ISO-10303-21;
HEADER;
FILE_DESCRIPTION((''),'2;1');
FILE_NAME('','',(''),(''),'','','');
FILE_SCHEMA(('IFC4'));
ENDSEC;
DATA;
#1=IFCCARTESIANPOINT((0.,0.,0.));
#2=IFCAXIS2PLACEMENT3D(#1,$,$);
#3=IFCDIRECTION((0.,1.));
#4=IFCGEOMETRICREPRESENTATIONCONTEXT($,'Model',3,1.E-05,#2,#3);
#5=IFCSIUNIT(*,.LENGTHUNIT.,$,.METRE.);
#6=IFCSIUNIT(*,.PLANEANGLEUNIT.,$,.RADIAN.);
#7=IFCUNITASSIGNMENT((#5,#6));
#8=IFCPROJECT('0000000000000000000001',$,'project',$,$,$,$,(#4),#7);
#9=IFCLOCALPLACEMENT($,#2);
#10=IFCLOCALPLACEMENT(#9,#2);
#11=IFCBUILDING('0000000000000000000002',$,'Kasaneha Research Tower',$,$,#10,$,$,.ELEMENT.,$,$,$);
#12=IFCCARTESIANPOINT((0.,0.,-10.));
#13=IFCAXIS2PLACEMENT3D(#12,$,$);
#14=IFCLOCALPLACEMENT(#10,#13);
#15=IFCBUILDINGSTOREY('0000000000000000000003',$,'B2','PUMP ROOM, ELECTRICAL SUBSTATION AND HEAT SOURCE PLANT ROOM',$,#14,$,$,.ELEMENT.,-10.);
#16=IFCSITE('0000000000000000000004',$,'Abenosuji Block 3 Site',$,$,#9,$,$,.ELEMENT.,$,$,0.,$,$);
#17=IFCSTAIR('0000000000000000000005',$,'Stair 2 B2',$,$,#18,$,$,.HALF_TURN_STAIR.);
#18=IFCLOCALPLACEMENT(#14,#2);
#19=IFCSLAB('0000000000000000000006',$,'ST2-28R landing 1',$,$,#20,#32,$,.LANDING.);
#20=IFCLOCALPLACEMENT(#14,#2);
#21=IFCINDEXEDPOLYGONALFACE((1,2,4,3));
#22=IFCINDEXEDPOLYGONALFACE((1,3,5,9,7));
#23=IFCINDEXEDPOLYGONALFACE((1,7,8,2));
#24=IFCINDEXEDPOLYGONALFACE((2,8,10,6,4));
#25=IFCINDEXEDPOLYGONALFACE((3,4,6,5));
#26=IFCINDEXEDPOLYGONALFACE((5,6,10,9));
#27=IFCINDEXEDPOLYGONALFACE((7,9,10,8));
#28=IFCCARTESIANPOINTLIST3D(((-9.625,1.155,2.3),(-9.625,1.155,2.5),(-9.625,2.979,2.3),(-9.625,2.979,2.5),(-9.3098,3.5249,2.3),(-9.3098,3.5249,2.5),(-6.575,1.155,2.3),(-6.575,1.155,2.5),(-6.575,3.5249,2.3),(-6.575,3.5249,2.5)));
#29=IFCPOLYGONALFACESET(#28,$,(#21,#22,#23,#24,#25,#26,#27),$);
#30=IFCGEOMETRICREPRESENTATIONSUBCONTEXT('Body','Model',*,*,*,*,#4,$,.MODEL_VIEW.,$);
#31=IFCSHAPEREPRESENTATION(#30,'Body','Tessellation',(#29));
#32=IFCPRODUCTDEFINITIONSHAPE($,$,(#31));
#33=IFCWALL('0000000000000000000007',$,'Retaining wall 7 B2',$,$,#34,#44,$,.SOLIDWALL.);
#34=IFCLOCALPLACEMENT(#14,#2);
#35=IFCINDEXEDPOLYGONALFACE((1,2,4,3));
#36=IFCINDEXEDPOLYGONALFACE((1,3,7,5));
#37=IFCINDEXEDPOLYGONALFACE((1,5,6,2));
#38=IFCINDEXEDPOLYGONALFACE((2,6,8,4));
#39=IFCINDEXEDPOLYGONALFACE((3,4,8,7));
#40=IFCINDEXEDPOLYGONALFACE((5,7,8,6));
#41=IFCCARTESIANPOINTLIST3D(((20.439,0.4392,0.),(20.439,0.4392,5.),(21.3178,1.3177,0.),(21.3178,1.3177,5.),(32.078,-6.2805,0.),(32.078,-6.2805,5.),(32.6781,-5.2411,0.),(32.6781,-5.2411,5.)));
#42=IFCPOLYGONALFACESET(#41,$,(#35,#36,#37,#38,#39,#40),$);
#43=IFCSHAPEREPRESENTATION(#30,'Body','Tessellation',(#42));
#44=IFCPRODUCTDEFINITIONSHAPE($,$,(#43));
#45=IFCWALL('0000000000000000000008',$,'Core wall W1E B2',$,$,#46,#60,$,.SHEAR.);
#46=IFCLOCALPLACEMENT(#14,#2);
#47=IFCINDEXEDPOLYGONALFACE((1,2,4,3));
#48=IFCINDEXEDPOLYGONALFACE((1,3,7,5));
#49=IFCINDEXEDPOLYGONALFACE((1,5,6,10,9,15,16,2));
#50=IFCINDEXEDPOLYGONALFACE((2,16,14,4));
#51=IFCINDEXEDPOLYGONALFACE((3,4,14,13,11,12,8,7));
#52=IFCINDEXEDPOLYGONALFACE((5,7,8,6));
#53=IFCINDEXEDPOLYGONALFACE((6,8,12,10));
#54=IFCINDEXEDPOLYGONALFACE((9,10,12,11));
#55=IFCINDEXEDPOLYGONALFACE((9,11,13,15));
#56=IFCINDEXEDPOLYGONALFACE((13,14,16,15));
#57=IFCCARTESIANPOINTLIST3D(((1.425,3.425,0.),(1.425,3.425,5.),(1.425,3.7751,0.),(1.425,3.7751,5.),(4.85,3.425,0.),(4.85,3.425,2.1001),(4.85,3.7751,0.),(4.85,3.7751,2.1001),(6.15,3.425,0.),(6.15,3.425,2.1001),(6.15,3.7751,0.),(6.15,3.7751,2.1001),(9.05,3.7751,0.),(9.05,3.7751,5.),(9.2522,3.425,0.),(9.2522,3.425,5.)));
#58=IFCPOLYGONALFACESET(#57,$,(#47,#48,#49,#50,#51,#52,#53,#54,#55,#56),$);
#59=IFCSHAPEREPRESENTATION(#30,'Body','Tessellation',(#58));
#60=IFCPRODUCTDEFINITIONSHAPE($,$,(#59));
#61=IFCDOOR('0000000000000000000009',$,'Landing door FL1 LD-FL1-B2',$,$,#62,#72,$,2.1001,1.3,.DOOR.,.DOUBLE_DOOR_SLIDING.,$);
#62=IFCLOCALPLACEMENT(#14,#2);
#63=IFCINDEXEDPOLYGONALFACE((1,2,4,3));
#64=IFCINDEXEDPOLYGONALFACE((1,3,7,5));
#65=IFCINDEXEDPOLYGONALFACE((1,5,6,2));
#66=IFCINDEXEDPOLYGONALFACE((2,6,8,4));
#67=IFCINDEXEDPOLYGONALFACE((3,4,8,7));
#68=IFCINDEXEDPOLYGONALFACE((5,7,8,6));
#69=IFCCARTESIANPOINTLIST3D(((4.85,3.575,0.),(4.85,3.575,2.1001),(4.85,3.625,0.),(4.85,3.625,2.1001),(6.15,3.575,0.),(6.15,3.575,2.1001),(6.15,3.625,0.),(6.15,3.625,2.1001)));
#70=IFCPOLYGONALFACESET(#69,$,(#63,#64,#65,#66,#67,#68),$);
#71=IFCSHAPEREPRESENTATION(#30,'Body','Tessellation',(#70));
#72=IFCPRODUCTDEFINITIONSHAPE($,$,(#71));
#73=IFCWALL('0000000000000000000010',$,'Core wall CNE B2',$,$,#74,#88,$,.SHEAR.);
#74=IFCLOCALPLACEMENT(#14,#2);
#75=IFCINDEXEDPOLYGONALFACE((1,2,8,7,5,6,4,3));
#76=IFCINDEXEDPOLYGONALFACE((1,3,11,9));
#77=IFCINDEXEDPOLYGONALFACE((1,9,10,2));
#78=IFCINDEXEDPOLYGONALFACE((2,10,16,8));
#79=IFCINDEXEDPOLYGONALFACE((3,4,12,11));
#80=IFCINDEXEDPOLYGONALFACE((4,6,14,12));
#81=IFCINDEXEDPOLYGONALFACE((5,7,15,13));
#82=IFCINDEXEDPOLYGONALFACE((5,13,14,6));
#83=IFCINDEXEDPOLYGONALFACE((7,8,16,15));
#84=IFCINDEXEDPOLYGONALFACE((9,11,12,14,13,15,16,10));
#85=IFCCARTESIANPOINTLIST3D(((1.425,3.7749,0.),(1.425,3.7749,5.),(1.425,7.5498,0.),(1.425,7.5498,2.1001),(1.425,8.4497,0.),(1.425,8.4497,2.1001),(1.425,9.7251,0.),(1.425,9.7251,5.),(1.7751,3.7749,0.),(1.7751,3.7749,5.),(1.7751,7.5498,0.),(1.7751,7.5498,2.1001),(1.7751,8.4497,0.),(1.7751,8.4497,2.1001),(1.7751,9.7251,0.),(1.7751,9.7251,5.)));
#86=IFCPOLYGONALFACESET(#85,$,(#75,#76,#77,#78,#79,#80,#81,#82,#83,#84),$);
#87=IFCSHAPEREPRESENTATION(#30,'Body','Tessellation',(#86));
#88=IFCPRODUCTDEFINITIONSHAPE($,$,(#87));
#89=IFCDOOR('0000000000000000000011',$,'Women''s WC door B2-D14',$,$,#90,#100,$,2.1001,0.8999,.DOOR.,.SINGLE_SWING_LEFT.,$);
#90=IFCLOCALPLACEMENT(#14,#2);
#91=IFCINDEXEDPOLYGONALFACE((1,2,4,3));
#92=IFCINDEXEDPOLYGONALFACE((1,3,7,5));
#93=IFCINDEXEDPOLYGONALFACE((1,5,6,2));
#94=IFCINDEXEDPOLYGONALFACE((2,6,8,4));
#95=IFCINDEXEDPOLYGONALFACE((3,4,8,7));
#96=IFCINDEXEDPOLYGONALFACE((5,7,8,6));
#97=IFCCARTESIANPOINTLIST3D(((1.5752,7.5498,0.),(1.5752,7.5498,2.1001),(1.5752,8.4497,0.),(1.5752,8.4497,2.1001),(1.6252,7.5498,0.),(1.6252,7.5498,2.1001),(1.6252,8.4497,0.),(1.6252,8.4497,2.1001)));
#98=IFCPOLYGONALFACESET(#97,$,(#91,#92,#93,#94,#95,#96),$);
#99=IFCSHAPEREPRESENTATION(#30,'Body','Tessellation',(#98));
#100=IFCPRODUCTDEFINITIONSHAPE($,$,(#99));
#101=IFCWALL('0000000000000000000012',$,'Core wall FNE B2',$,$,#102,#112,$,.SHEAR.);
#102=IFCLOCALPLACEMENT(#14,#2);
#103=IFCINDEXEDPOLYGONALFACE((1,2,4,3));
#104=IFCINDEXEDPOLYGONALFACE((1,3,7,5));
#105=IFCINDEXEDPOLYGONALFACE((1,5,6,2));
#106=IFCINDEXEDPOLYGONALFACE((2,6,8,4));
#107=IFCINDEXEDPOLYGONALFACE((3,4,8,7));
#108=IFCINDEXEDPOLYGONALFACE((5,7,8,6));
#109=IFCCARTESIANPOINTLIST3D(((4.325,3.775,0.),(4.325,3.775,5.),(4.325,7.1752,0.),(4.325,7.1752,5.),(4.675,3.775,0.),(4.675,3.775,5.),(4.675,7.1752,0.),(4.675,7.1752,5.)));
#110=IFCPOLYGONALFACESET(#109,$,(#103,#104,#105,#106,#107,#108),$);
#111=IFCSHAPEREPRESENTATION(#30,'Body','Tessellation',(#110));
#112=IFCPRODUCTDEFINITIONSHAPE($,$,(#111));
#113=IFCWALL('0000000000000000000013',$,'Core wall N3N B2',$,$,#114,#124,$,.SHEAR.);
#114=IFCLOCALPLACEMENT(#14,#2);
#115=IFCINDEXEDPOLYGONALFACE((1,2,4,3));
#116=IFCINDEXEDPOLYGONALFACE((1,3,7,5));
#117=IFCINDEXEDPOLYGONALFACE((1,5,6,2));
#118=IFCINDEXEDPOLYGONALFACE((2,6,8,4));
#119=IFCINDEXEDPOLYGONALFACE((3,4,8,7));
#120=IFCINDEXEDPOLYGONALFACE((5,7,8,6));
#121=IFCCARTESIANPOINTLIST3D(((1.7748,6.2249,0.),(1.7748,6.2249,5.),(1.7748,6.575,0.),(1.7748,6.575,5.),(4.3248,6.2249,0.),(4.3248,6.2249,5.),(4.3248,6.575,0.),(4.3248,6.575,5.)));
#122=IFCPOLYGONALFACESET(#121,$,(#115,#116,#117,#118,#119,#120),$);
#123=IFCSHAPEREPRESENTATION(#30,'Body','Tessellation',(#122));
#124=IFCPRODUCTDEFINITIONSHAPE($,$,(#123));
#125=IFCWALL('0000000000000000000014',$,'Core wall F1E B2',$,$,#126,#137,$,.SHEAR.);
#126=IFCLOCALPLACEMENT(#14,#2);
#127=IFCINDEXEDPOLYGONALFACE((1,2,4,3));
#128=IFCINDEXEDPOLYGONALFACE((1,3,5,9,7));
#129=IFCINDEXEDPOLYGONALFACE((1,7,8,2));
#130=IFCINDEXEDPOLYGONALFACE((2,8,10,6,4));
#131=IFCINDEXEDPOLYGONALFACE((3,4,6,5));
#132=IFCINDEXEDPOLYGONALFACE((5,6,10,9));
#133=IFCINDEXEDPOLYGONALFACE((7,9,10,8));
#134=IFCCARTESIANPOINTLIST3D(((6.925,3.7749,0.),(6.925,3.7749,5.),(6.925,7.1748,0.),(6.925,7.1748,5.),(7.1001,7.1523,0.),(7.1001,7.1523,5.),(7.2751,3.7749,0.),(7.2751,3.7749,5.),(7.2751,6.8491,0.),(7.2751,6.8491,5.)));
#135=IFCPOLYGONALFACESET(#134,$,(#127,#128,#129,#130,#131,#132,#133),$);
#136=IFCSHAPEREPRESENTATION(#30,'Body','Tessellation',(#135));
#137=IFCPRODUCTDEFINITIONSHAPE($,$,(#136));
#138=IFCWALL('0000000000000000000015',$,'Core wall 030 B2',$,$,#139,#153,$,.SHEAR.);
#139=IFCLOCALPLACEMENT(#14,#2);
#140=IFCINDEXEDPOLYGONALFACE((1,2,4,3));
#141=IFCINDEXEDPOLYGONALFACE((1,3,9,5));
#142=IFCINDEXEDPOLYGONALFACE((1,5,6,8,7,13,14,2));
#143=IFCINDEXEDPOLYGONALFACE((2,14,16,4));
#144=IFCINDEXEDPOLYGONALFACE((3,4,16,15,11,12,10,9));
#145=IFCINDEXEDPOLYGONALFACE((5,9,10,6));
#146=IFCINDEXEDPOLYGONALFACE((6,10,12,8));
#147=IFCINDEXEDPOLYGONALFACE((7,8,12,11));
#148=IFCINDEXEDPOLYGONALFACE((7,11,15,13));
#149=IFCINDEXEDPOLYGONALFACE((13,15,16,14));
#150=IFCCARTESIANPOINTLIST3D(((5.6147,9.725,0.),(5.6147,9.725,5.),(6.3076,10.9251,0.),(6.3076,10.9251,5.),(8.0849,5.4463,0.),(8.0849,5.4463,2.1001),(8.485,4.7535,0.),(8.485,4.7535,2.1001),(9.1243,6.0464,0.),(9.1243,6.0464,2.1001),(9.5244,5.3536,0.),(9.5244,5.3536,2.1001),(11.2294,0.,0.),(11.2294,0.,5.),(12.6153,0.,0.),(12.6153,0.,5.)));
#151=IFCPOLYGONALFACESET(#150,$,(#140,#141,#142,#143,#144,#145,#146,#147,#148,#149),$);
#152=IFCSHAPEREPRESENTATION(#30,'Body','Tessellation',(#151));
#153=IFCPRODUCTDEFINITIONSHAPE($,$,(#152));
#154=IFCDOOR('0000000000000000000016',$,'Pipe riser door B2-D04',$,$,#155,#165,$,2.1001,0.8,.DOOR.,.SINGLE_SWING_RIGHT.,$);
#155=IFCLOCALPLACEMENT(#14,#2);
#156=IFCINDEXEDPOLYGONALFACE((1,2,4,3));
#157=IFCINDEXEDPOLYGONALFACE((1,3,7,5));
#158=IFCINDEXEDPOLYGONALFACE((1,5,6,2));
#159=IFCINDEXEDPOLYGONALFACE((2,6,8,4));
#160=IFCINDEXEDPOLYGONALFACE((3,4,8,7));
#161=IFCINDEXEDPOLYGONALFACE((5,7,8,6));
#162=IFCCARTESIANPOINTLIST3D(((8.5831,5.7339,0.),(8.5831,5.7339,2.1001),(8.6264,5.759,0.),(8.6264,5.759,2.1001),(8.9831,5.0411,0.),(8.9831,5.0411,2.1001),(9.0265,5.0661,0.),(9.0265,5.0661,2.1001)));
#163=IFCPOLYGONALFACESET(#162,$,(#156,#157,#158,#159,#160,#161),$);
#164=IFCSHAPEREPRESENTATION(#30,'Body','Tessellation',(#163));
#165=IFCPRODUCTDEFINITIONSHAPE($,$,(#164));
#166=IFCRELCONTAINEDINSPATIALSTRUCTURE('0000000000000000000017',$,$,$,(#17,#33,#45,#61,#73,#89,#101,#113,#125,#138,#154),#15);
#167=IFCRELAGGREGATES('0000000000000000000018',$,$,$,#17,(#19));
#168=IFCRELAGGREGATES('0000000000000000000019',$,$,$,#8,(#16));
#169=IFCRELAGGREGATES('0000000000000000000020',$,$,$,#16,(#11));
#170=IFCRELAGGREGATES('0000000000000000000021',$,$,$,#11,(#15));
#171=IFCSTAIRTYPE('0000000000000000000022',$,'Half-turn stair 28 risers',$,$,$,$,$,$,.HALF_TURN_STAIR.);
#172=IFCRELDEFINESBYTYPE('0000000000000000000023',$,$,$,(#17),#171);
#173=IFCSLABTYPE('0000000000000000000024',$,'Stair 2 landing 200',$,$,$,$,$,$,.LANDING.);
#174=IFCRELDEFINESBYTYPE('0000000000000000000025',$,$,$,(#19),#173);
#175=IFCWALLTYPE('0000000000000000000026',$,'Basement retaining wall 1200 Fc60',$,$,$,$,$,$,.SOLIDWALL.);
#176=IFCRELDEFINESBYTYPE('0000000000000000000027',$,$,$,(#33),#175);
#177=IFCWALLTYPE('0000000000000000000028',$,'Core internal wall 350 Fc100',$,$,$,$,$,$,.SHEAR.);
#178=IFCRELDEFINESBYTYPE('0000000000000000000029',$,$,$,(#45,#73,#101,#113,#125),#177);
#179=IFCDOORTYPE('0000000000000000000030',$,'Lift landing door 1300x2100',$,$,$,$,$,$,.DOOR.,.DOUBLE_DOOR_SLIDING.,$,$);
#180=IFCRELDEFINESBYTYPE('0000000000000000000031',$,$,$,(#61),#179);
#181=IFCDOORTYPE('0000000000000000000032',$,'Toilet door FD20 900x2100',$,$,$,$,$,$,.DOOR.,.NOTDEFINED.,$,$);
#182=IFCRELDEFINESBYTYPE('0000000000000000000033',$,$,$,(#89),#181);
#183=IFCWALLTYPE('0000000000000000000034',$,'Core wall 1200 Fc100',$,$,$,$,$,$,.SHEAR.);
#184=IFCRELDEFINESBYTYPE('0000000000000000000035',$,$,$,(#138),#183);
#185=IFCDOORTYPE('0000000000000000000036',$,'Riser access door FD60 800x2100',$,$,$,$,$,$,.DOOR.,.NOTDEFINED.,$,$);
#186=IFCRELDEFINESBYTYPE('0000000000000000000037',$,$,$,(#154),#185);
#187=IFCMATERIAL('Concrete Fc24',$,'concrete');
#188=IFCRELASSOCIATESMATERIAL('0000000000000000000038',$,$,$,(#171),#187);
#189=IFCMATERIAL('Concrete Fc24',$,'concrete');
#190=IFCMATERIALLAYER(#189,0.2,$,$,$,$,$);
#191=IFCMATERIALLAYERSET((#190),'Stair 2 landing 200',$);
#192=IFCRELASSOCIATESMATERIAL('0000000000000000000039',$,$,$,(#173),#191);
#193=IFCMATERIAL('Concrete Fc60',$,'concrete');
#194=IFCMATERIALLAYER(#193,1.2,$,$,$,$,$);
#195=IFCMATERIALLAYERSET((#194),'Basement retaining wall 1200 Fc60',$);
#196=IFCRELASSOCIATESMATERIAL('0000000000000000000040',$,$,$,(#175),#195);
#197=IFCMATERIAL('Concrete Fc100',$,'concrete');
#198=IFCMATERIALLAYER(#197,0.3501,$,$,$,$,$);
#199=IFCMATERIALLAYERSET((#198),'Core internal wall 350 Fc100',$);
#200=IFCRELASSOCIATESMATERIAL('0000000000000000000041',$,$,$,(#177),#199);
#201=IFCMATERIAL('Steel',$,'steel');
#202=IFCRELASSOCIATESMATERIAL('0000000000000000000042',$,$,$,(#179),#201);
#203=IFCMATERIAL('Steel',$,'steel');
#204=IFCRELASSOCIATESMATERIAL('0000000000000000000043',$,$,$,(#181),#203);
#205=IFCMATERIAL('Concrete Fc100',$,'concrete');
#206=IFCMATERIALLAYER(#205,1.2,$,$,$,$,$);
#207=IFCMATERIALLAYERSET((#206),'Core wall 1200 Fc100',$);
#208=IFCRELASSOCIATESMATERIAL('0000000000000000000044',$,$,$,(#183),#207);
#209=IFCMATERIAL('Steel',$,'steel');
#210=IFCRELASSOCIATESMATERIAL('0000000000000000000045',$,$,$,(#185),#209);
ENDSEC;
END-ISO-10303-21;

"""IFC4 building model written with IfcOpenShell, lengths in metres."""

from ifc_helpers import new_model, si_unit, direction, frame, frame_2d, origin, place, context, subcontext, project, spatial, polyline, rectangle, outline, extrude, material, layer, layer_set, type_object, element, fill, aggregate, save


model = new_model("IFC4")

# Units and contexts
model_context = context("Model", 3, precision=1e-05, world=origin(), true_north=direction((0.0, 1.0)))
body_context = subcontext(model_context, "Body", "Model", "MODEL_VIEW")
ifc_project = project(units=[si_unit("LENGTHUNIT", "METRE"), si_unit("PLANEANGLEUNIT", "RADIAN")], contexts=[model_context])

# Site, building, storey
site_placement = place(None, origin())
site = spatial("IfcSite", under=ifc_project, at=site_placement, Name="Abenosuji Block 3 Site", CompositionType="ELEMENT", RefElevation=0.0)
building_placement = place(site_placement, origin())
building = spatial("IfcBuilding", under=site, at=building_placement, Name="Kasaneha Research Tower", CompositionType="ELEMENT")
storey_placement = place(building_placement, frame((0.0, 0.0, -10.0)))
storey = spatial("IfcBuildingStorey", under=building, at=storey_placement, Name="B2", Description="PUMP ROOM, ELECTRICAL SUBSTATION AND HEAT SOURCE PLANT ROOM", CompositionType="ELEMENT", Elevation=-10.0)

# Stair, slab
ifc_material_1 = material(Name="Concrete Fc24", Category="concrete")
stair_type = type_object("IfcStairType", Name="Half-turn stair 28 risers", PredefinedType="HALF_TURN_STAIR", material=ifc_material_1)
stair_1_placement = place(storey_placement, origin())
stair_1 = element("IfcStair", 1, at=stair_1_placement, inside=storey, type_object=stair_type, Name="Stair 2 B2", PredefinedType="HALF_TURN_STAIR")
ifc_material_2 = material(Name="Concrete Fc24", Category="concrete")
ifc_layer_1 = layer(ifc_material_2, 0.2)
ifc_layer_set_1 = layer_set([ifc_layer_1], Name="Stair 2 landing 200")
slab_type_1 = type_object("IfcSlabType", Name="Stair 2 landing 200", PredefinedType="LANDING", material=ifc_layer_set_1)
slab_1_placement = place(storey_placement, frame((0.0, 0.0, 2.3)))
slab_1 = element("IfcSlab", 2, at=slab_1_placement, type_object=slab_type_1, Name="ST2-28R landing 1", PredefinedType="LANDING", context=body_context, shape_type="SweptSolid", body=[
    extrude(outline(polyline([(-6.575, 1.155), (-9.625, 1.155), (-9.625, 2.979), (-9.3098, 3.5249), (-6.575, 3.5249), (-6.575, 1.155)])), origin(), (0.0, 0.0, 1.0), 0.2),
])
aggregate(stair_1, [slab_1])

# Wall
ifc_material_3 = material(Name="Concrete Fc60", Category="concrete")
ifc_layer_2 = layer(ifc_material_3, 1.2)
ifc_layer_set_2 = layer_set([ifc_layer_2], Name="Basement retaining wall 1200 Fc60")
wall_type_1 = type_object("IfcWallType", Name="Basement retaining wall 1200 Fc60", PredefinedType="SOLIDWALL", material=ifc_layer_set_2)
wall_1_placement = place(storey_placement, frame((20.8784, 0.8784, 0.0), z_axis=(0.0, 0.0, 1.0), x_axis=(0.866028, -0.499995, 0.0)))
element("IfcWall", 3, at=wall_1_placement, inside=storey, type_object=wall_type_1, Name="Retaining wall 7 B2", PredefinedType="SOLIDWALL", context=body_context, shape_type="SweptSolid", body=[
    extrude(outline(polyline([(-0.1609, -0.6001), (13.2786, -0.6001), (13.2786, 0.6001), (0.1609, 0.6001), (-0.1609, -0.6001)])), origin(), (0.0, 0.0, 1.0), 5.0),
])

# Walls, openings, doors
ifc_material_4 = material(Name="Concrete Fc100", Category="concrete")
ifc_layer_3 = layer(ifc_material_4, 0.3501)
ifc_layer_set_3 = layer_set([ifc_layer_3], Name="Core internal wall 350 Fc100")
wall_type_2 = type_object("IfcWallType", Name="Core internal wall 350 Fc100", PredefinedType="SHEAR", material=ifc_layer_set_3)
wall_2_placement = place(storey_placement, frame((1.425, 3.6001, 0.0), z_axis=(0.0, 0.0, 1.0), x_axis=(1.0, 0.0, 0.0)))
wall_2 = element("IfcWall", 4, at=wall_2_placement, inside=storey, type_object=wall_type_2, Name="Core wall W1E B2", PredefinedType="SHEAR", context=body_context, shape_type="SweptSolid", body=[
    extrude(outline(polyline([(0.0, -0.175), (3.425, -0.175), (4.7251, -0.175), (7.8271, -0.175), (7.625, 0.175), (4.7251, 0.175), (3.425, 0.175), (0.0, 0.175), (0.0, -0.175)])), origin(), (0.0, 0.0, 1.0), 5.0),
])
opening_1_placement = place(wall_2_placement, frame((3.425, 0.0, 0.0)))
opening_1 = element("IfcOpeningElement", 5, at=opening_1_placement, cuts=wall_2, PredefinedType="OPENING", context=body_context, shape_type="SweptSolid", body=[
    extrude(rectangle(XDim=1.3, YDim=2.1001, at=frame_2d((0.6499, 1.05))), frame((0.0, 0.1851, 0.0), z_axis=(0.0, -1.0, 0.0), x_axis=(1.0, 0.0, 0.0)), (0.0, 0.0, 1.0), 0.3701),
])
ifc_material_5 = material(Name="Steel", Category="steel")
door_type_1 = type_object("IfcDoorType", Name="Lift landing door 1300x2100", OperationType="DOUBLE_DOOR_SLIDING", PredefinedType="DOOR", material=ifc_material_5)
door_1_placement = place(opening_1_placement, origin())
door_1 = element("IfcDoor", 6, at=door_1_placement, inside=storey, type_object=door_type_1, Name="Landing door FL1 LD-FL1-B2", OperationType="DOUBLE_DOOR_SLIDING", OverallHeight=2.1001, OverallWidth=1.3, PredefinedType="DOOR", context=body_context, shape_type="SweptSolid", body=[
    extrude(rectangle(XDim=1.3, YDim=2.1001, at=frame_2d((0.6499, 1.05))), frame((0.0, 0.0249, 0.0), z_axis=(0.0, -1.0, 0.0), x_axis=(1.0, 0.0, 0.0)), (0.0, 0.0, 1.0), 0.05),
])
fill(opening_1, door_1)
wall_3_placement = place(storey_placement, frame((1.6001, 3.7749, 0.0), z_axis=(0.0, 0.0, 1.0), x_axis=(0.0, 1.0, 0.0)))
wall_3 = element("IfcWall", 7, at=wall_3_placement, inside=storey, type_object=wall_type_2, Name="Core wall CNE B2", PredefinedType="SHEAR", context=body_context, shape_type="SweptSolid", body=[
    extrude(rectangle(XDim=5.9502, YDim=0.3501, at=frame_2d((2.9751, 0.0))), origin(), (0.0, 0.0, 1.0), 5.0),
])
opening_2_placement = place(wall_3_placement, frame((3.7749, 0.0, 0.0)))
opening_2 = element("IfcOpeningElement", 8, at=opening_2_placement, cuts=wall_3, PredefinedType="OPENING", context=body_context, shape_type="SweptSolid", body=[
    extrude(rectangle(XDim=0.8999, YDim=2.1001, at=frame_2d((0.45, 1.05))), frame((0.0, 0.1851, 0.0), z_axis=(0.0, -1.0, 0.0), x_axis=(1.0, 0.0, 0.0)), (0.0, 0.0, 1.0), 0.3701),
])
ifc_material_6 = material(Name="Steel", Category="steel")
door_type_2 = type_object("IfcDoorType", Name="Toilet door FD20 900x2100", OperationType="NOTDEFINED", PredefinedType="DOOR", material=ifc_material_6)
door_2_placement = place(opening_2_placement, origin())
door_2 = element("IfcDoor", 9, at=door_2_placement, inside=storey, type_object=door_type_2, Name="Women's WC door B2-D14", OperationType="SINGLE_SWING_LEFT", OverallHeight=2.1001, OverallWidth=0.8999, PredefinedType="DOOR", context=body_context, shape_type="SweptSolid", body=[
    extrude(rectangle(XDim=0.8999, YDim=2.1001, at=frame_2d((0.45, 1.05))), frame((0.0, 0.0249, 0.0), z_axis=(0.0, -1.0, 0.0), x_axis=(1.0, 0.0, 0.0)), (0.0, 0.0, 1.0), 0.05),
])
fill(opening_2, door_2)

# Walls
wall_4_placement = place(storey_placement, frame((4.5, 3.7749, 0.0), z_axis=(0.0, 0.0, 1.0), x_axis=(0.0, 1.0, 0.0)))
element("IfcWall", 10, at=wall_4_placement, inside=storey, type_object=wall_type_2, Name="Core wall FNE B2", PredefinedType="SHEAR", context=body_context, shape_type="SweptSolid", body=[
    extrude(rectangle(XDim=3.4001, YDim=0.3501, at=frame_2d((1.7002, 0.0))), origin(), (0.0, 0.0, 1.0), 5.0),
])
wall_5_placement = place(storey_placement, frame((1.7749, 6.3999, 0.0), z_axis=(0.0, 0.0, 1.0), x_axis=(1.0, 0.0, 0.0)))
element("IfcWall", 11, at=wall_5_placement, inside=storey, type_object=wall_type_2, Name="Core wall N3N B2", PredefinedType="SHEAR", context=body_context, shape_type="SweptSolid", body=[
    extrude(rectangle(XDim=2.55, YDim=0.3501, at=frame_2d((1.2749, 0.0))), origin(), (0.0, 0.0, 1.0), 5.0),
])
wall_6_placement = place(storey_placement, frame((7.1001, 3.7749, 0.0), z_axis=(0.0, 0.0, 1.0), x_axis=(0.0, 1.0, 0.0)))
element("IfcWall", 12, at=wall_6_placement, inside=storey, type_object=wall_type_2, Name="Core wall F1E B2", PredefinedType="SHEAR", context=body_context, shape_type="SweptSolid", body=[
    extrude(outline(polyline([(0.0, -0.175), (3.0742, -0.175), (3.3774, 0.0), (3.3999, 0.175), (0.0, 0.175), (0.0, -0.175)])), origin(), (0.0, 0.0, 1.0), 5.0),
])

# Wall, opening, door
ifc_material_7 = material(Name="Concrete Fc100", Category="concrete")
ifc_layer_4 = layer(ifc_material_7, 1.2)
ifc_layer_set_4 = layer_set([ifc_layer_4], Name="Core wall 1200 Fc100")
wall_type_3 = type_object("IfcWallType", Name="Core wall 1200 Fc100", PredefinedType="SHEAR", material=ifc_layer_set_4)
wall_7_placement = place(storey_placement, frame((11.9224, 0.0, 0.0), z_axis=(0.0, 0.0, 1.0), x_axis=(-0.500004, 0.866023, 0.0)))
wall_7 = element("IfcWall", 13, at=wall_7_placement, inside=storey, type_object=wall_type_3, Name="Core wall 030 B2", PredefinedType="SHEAR", context=body_context, shape_type="SweptSolid", body=[
    extrude(outline(polyline([(-0.3464, -0.6001), (5.8354, -0.6001), (6.6355, -0.6001), (12.2688, -0.6001), (11.5759, 0.6001), (6.6355, 0.6001), (5.8354, 0.6001), (0.3464, 0.6001), (-0.3464, -0.6001)])), origin(), (0.0, 0.0, 1.0), 5.0),
])
opening_3_placement = place(wall_7_placement, frame((5.8354, 0.0, 0.0)))
opening_3 = element("IfcOpeningElement", 14, at=opening_3_placement, cuts=wall_7, PredefinedType="OPENING", context=body_context, shape_type="SweptSolid", body=[
    extrude(rectangle(XDim=0.8, YDim=2.1001, at=frame_2d((0.3999, 1.05))), frame((0.0, 0.6099, 0.0), z_axis=(0.0, -1.0, 0.0), x_axis=(1.0, 0.0, 0.0)), (0.0, 0.0, 1.0), 1.22),
])
ifc_material_8 = material(Name="Steel", Category="steel")
door_type_3 = type_object("IfcDoorType", Name="Riser access door FD60 800x2100", OperationType="NOTDEFINED", PredefinedType="DOOR", material=ifc_material_8)
door_3_placement = place(opening_3_placement, origin())
door_3 = element("IfcDoor", 15, at=door_3_placement, inside=storey, type_object=door_type_3, Name="Pipe riser door B2-D04", OperationType="SINGLE_SWING_RIGHT", OverallHeight=2.1001, OverallWidth=0.8, PredefinedType="DOOR", context=body_context, shape_type="SweptSolid", body=[
    extrude(rectangle(XDim=0.8, YDim=2.1001, at=frame_2d((0.3999, 1.05))), frame((0.0, 0.0249, 0.0), z_axis=(0.0, -1.0, 0.0), x_axis=(1.0, 0.0, 0.0)), (0.0, 0.0, 1.0), 0.05),
])
fill(opening_3, door_3)

save(model, "model.ifc")
